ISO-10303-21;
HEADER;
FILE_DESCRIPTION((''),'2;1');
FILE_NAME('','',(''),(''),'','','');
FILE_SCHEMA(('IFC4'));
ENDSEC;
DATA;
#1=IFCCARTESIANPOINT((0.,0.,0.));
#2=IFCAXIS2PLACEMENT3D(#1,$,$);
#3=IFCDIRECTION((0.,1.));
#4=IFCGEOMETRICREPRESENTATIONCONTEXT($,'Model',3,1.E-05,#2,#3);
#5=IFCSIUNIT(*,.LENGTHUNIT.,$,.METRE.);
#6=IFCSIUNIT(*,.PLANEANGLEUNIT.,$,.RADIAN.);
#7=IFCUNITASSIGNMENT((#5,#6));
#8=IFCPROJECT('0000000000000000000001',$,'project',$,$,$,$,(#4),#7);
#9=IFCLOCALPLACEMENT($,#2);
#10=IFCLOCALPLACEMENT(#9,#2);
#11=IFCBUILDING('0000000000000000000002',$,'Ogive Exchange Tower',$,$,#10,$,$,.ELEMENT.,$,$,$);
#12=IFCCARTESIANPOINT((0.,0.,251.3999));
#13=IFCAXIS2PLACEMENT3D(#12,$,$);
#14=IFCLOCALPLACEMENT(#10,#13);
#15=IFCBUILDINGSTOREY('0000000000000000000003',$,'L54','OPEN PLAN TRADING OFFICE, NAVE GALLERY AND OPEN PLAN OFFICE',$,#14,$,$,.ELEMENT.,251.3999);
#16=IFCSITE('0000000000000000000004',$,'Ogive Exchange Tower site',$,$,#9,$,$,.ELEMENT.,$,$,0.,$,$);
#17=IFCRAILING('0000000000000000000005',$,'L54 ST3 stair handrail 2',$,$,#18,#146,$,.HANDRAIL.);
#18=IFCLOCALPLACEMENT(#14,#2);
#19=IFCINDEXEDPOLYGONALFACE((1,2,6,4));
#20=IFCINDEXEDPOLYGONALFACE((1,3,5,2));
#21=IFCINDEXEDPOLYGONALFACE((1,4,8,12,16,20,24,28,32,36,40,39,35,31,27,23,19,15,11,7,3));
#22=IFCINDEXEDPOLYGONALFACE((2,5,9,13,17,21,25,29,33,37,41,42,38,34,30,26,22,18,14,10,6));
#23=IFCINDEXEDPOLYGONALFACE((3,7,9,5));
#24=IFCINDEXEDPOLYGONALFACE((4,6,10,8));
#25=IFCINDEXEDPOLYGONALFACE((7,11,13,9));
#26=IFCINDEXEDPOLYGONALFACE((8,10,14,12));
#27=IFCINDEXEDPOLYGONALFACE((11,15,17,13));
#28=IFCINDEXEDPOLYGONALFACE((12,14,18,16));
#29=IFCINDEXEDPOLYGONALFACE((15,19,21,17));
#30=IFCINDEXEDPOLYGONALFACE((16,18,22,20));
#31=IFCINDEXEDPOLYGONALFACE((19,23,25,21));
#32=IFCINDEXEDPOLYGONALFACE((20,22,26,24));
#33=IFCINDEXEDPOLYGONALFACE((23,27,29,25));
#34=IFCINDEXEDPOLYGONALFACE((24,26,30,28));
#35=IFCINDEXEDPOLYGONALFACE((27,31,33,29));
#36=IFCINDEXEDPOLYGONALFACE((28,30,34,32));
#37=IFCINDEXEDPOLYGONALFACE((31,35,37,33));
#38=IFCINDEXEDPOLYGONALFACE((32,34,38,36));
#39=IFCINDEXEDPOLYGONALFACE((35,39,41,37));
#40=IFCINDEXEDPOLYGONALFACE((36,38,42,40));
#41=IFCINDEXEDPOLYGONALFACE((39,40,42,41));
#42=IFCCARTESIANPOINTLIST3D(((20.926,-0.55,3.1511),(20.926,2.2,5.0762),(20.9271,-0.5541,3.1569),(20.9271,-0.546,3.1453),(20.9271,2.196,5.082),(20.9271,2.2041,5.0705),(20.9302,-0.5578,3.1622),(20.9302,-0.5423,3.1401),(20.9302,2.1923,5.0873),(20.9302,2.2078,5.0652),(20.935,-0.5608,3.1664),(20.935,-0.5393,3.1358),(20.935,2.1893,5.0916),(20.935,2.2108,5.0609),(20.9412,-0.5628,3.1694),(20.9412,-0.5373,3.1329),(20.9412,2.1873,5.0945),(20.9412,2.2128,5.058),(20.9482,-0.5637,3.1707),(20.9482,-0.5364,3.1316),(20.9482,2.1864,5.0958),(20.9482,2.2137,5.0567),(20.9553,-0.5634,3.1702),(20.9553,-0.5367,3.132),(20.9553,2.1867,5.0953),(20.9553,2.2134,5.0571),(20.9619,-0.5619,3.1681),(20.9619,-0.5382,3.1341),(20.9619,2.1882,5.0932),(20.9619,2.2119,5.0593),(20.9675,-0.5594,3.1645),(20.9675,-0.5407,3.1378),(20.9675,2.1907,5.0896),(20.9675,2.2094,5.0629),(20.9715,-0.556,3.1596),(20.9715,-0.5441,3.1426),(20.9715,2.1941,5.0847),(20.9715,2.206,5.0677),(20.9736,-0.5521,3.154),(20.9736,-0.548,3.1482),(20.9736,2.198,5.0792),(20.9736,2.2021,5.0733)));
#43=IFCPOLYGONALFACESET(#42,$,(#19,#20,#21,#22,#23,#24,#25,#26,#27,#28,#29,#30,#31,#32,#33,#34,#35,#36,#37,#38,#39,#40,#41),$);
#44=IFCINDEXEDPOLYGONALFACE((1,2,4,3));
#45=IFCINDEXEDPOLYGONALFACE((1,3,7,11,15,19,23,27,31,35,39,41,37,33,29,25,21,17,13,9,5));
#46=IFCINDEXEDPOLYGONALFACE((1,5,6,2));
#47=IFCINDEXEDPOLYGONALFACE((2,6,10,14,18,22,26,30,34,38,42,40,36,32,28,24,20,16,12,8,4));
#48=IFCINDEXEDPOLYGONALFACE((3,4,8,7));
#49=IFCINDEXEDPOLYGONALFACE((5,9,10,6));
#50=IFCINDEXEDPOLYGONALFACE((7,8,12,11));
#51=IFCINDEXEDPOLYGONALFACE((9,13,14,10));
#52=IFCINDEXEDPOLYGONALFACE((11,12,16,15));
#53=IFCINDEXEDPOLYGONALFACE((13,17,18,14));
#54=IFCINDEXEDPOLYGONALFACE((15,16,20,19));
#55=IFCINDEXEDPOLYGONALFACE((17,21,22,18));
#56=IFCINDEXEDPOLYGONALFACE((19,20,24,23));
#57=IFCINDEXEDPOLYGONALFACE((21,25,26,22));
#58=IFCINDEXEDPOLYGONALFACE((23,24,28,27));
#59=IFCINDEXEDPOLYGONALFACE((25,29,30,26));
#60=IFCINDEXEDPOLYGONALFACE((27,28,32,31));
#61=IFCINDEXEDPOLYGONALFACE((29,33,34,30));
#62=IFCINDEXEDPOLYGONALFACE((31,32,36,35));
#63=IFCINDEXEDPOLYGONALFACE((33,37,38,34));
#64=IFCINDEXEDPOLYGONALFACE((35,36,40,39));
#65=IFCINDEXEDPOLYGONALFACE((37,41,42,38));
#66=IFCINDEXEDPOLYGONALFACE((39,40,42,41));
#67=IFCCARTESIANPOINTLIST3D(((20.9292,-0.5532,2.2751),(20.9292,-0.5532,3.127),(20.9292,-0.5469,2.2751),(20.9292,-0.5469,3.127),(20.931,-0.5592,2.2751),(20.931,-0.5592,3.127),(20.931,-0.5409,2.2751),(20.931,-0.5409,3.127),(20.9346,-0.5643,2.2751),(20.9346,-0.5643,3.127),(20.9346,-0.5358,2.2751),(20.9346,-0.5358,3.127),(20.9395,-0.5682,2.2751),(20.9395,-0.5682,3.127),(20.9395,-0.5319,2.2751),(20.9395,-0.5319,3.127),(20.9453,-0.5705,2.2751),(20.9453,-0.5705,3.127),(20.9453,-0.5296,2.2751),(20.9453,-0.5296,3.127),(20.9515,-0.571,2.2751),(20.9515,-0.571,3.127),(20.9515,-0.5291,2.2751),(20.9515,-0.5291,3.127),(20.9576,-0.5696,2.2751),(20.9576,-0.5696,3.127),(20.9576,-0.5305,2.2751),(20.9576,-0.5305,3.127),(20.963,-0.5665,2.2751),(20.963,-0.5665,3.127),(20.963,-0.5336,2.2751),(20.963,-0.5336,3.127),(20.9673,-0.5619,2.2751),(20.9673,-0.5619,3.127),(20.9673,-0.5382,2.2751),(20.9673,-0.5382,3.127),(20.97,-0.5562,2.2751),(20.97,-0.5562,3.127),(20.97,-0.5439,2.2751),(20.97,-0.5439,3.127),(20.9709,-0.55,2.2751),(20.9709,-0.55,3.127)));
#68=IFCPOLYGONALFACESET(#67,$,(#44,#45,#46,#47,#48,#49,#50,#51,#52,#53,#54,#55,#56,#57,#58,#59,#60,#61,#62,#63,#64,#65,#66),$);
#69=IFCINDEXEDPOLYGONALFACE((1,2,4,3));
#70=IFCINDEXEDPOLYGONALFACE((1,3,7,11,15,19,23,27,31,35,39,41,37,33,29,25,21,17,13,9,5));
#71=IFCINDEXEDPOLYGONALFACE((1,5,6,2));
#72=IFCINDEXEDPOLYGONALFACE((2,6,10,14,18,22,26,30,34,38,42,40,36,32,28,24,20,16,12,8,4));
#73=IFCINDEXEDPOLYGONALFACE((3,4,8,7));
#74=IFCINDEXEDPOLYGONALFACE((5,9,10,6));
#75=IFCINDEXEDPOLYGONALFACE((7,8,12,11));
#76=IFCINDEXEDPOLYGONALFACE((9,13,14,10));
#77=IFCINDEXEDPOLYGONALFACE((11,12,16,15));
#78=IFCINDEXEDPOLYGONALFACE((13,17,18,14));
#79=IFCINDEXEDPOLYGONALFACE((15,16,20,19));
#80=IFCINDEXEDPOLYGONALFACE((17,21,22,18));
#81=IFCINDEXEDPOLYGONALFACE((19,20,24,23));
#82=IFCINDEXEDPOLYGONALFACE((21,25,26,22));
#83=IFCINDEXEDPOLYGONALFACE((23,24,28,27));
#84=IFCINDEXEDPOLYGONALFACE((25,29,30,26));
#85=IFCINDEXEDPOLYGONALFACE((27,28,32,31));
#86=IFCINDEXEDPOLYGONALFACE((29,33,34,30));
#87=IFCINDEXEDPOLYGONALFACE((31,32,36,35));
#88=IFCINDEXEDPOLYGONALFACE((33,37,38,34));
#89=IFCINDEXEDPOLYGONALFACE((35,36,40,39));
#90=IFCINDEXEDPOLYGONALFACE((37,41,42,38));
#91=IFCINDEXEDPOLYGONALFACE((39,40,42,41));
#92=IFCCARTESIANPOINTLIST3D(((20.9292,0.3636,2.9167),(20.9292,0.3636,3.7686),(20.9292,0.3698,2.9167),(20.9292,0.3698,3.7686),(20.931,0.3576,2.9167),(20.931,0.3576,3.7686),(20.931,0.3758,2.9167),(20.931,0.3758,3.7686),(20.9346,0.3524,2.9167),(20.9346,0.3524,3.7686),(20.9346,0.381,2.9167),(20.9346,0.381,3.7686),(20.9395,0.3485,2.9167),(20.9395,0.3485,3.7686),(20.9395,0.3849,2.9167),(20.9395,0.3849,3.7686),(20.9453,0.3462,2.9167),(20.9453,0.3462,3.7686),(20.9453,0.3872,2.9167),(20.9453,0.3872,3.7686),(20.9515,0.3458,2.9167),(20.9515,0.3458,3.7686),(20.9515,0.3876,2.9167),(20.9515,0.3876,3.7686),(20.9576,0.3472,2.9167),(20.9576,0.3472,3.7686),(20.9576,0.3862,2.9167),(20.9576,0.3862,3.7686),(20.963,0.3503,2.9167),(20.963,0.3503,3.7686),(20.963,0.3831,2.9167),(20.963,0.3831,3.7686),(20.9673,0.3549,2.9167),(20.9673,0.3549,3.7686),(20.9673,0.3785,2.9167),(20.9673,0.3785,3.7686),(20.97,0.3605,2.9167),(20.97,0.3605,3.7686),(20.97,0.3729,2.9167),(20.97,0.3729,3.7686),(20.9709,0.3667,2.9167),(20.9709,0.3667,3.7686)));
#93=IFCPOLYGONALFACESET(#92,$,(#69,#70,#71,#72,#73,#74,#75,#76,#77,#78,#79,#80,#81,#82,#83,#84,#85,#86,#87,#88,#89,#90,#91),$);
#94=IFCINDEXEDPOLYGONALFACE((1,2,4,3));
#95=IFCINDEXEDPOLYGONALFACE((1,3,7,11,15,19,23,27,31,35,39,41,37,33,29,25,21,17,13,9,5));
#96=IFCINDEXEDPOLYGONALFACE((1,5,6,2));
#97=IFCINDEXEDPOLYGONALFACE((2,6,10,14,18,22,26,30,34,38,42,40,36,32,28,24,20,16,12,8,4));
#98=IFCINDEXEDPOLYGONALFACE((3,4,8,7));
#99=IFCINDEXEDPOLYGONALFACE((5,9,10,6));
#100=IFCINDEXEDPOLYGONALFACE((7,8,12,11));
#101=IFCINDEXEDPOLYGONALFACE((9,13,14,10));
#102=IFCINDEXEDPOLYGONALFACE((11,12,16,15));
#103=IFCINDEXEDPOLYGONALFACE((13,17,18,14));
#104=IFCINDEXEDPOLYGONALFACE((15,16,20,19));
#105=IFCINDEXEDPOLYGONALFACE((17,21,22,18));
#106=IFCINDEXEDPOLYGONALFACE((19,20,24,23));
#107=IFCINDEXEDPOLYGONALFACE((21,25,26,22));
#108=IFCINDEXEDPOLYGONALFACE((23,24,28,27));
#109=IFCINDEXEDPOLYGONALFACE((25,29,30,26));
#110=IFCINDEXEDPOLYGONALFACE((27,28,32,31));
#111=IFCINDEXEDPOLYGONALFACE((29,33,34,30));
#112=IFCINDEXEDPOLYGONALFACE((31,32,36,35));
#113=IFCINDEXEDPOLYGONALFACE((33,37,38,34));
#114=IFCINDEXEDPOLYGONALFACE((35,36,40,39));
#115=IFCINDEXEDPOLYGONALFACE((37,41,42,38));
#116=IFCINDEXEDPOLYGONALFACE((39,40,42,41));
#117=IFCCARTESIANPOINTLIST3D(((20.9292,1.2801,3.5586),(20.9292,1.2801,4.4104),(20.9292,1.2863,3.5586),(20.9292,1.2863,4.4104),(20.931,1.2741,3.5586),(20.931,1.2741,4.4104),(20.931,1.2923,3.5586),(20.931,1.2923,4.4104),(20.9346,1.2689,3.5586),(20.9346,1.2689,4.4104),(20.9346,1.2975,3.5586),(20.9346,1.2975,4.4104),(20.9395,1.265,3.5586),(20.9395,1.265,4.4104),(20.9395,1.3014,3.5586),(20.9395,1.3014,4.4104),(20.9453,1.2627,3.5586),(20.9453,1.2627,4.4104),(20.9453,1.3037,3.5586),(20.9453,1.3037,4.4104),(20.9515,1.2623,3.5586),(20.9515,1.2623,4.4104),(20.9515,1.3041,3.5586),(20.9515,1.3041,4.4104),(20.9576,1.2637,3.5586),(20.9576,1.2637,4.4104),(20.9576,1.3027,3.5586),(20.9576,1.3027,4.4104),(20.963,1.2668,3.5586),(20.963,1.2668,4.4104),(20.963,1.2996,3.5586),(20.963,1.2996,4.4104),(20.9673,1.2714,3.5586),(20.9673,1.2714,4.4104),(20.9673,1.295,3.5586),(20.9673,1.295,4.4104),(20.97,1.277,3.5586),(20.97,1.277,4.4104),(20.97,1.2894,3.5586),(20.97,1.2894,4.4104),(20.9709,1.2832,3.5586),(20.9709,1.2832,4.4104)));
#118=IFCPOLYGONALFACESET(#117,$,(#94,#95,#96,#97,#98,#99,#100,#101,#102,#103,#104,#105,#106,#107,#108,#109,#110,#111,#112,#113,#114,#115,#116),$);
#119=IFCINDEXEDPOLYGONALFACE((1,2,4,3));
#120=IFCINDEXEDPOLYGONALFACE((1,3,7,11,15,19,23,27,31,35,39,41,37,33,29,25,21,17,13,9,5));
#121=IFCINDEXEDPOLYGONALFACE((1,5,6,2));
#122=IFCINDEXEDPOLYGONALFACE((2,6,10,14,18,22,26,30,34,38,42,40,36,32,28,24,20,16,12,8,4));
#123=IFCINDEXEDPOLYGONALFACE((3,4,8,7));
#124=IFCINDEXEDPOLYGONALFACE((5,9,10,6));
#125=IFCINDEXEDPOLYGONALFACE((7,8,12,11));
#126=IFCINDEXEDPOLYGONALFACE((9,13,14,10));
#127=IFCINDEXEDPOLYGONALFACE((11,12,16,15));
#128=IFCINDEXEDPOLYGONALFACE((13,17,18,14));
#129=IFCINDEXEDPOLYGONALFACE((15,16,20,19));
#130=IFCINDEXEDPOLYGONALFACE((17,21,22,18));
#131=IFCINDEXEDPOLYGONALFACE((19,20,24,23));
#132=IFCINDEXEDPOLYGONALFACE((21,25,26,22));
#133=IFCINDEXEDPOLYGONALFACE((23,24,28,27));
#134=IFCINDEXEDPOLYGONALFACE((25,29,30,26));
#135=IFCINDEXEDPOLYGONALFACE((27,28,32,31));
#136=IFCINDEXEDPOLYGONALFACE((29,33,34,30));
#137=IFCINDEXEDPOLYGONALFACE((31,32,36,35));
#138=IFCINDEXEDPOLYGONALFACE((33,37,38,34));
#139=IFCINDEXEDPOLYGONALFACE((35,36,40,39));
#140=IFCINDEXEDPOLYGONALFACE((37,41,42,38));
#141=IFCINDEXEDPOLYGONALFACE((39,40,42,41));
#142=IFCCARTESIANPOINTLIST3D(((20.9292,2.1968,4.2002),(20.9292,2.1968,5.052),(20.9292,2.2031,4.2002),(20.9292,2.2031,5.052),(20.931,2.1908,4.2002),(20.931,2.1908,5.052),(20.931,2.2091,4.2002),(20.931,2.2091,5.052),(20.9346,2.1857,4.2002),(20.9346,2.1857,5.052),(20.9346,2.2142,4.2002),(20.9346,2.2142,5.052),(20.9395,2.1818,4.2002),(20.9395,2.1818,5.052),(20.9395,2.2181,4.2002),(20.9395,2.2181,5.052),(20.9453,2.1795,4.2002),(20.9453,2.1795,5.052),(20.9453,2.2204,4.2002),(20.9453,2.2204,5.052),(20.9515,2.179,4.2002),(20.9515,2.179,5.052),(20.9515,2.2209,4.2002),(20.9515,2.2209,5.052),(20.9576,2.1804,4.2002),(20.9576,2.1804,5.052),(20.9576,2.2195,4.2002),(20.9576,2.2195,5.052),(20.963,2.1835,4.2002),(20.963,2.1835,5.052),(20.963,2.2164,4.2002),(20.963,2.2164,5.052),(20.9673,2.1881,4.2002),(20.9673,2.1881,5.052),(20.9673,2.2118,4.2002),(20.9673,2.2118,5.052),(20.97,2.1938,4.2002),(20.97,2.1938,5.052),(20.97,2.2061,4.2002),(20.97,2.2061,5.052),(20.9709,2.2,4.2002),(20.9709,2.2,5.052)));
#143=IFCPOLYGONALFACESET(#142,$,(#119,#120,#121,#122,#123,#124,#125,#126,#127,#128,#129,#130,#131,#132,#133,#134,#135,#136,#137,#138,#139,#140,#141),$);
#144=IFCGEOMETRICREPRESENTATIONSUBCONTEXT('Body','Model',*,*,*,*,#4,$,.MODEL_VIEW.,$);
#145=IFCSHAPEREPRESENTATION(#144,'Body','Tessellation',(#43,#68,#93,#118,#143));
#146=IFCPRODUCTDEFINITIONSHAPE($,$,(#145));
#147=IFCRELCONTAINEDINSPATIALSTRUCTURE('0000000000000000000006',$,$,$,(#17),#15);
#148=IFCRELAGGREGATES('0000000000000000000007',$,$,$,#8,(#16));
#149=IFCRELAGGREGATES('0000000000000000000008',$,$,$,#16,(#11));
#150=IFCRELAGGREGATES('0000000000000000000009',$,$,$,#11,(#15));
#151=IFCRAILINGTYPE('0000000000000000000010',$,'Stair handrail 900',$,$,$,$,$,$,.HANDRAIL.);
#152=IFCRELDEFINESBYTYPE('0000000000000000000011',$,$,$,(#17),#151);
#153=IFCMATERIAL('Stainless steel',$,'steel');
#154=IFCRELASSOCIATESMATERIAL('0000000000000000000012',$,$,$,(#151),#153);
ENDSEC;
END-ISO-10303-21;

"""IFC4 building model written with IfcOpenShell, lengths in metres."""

from ifc_helpers import new_model, si_unit, direction, frame, origin, origin_2d, place, context, subcontext, project, spatial, circle, extrude, material, type_object, element, save


model = new_model("IFC4")

# Units and contexts
model_context = context("Model", 3, precision=1e-05, world=origin(), true_north=direction((0.0, 1.0)))
body_context = subcontext(model_context, "Body", "Model", "MODEL_VIEW")
ifc_project = project(units=[si_unit("LENGTHUNIT", "METRE"), si_unit("PLANEANGLEUNIT", "RADIAN")], contexts=[model_context])

# Site, building, storey
site_placement = place(None, origin())
site = spatial("IfcSite", under=ifc_project, at=site_placement, Name="Ogive Exchange Tower site", CompositionType="ELEMENT", RefElevation=0.0)
building_placement = place(site_placement, origin())
building = spatial("IfcBuilding", under=site, at=building_placement, Name="Ogive Exchange Tower", CompositionType="ELEMENT")
storey_placement = place(building_placement, frame((0.0, 0.0, 251.3999)))
storey = spatial("IfcBuildingStorey", under=building, at=storey_placement, Name="L54", Description="OPEN PLAN TRADING OFFICE, NAVE GALLERY AND OPEN PLAN OFFICE", CompositionType="ELEMENT", Elevation=251.3999)

# Shared definitions
ifc_material_1 = material(Name="Stainless steel", Category="steel")

# Railing
railing_type = type_object("IfcRailingType", Name="Stair handrail 900", PredefinedType="HANDRAIL", material=ifc_material_1)
railing_1_placement = place(storey_placement, frame((20.95, -0.55, 2.2751)))
element("IfcRailing", 1, at=railing_1_placement, inside=storey, type_object=railing_type, Name="L54 ST3 stair handrail 2", PredefinedType="HANDRAIL", context=body_context, shape_type="SweptSolid", body=[
    extrude(circle(Radius=0.0239, at=origin_2d()), frame((0.0, 0.0, 0.876), z_axis=(0.0, 0.819225, 0.573472), x_axis=(-1.0, 0.0, 0.0)), (0.0, 0.0, 1.0), 3.3569),
    extrude(circle(Radius=0.021, at=origin_2d()), origin(), (0.0, 0.0, 1.0), 0.8518),
    extrude(circle(Radius=0.021, at=origin_2d()), frame((0.0, 0.9167, 0.6416)), (0.0, 0.0, 1.0), 0.8518),
    extrude(circle(Radius=0.021, at=origin_2d()), frame((0.0, 1.8333, 1.2834)), (0.0, 0.0, 1.0), 0.8518),
    extrude(circle(Radius=0.021, at=origin_2d()), frame((0.0, 2.75, 1.925)), (0.0, 0.0, 1.0), 0.8518),
])

save(model, "model.ifc")
